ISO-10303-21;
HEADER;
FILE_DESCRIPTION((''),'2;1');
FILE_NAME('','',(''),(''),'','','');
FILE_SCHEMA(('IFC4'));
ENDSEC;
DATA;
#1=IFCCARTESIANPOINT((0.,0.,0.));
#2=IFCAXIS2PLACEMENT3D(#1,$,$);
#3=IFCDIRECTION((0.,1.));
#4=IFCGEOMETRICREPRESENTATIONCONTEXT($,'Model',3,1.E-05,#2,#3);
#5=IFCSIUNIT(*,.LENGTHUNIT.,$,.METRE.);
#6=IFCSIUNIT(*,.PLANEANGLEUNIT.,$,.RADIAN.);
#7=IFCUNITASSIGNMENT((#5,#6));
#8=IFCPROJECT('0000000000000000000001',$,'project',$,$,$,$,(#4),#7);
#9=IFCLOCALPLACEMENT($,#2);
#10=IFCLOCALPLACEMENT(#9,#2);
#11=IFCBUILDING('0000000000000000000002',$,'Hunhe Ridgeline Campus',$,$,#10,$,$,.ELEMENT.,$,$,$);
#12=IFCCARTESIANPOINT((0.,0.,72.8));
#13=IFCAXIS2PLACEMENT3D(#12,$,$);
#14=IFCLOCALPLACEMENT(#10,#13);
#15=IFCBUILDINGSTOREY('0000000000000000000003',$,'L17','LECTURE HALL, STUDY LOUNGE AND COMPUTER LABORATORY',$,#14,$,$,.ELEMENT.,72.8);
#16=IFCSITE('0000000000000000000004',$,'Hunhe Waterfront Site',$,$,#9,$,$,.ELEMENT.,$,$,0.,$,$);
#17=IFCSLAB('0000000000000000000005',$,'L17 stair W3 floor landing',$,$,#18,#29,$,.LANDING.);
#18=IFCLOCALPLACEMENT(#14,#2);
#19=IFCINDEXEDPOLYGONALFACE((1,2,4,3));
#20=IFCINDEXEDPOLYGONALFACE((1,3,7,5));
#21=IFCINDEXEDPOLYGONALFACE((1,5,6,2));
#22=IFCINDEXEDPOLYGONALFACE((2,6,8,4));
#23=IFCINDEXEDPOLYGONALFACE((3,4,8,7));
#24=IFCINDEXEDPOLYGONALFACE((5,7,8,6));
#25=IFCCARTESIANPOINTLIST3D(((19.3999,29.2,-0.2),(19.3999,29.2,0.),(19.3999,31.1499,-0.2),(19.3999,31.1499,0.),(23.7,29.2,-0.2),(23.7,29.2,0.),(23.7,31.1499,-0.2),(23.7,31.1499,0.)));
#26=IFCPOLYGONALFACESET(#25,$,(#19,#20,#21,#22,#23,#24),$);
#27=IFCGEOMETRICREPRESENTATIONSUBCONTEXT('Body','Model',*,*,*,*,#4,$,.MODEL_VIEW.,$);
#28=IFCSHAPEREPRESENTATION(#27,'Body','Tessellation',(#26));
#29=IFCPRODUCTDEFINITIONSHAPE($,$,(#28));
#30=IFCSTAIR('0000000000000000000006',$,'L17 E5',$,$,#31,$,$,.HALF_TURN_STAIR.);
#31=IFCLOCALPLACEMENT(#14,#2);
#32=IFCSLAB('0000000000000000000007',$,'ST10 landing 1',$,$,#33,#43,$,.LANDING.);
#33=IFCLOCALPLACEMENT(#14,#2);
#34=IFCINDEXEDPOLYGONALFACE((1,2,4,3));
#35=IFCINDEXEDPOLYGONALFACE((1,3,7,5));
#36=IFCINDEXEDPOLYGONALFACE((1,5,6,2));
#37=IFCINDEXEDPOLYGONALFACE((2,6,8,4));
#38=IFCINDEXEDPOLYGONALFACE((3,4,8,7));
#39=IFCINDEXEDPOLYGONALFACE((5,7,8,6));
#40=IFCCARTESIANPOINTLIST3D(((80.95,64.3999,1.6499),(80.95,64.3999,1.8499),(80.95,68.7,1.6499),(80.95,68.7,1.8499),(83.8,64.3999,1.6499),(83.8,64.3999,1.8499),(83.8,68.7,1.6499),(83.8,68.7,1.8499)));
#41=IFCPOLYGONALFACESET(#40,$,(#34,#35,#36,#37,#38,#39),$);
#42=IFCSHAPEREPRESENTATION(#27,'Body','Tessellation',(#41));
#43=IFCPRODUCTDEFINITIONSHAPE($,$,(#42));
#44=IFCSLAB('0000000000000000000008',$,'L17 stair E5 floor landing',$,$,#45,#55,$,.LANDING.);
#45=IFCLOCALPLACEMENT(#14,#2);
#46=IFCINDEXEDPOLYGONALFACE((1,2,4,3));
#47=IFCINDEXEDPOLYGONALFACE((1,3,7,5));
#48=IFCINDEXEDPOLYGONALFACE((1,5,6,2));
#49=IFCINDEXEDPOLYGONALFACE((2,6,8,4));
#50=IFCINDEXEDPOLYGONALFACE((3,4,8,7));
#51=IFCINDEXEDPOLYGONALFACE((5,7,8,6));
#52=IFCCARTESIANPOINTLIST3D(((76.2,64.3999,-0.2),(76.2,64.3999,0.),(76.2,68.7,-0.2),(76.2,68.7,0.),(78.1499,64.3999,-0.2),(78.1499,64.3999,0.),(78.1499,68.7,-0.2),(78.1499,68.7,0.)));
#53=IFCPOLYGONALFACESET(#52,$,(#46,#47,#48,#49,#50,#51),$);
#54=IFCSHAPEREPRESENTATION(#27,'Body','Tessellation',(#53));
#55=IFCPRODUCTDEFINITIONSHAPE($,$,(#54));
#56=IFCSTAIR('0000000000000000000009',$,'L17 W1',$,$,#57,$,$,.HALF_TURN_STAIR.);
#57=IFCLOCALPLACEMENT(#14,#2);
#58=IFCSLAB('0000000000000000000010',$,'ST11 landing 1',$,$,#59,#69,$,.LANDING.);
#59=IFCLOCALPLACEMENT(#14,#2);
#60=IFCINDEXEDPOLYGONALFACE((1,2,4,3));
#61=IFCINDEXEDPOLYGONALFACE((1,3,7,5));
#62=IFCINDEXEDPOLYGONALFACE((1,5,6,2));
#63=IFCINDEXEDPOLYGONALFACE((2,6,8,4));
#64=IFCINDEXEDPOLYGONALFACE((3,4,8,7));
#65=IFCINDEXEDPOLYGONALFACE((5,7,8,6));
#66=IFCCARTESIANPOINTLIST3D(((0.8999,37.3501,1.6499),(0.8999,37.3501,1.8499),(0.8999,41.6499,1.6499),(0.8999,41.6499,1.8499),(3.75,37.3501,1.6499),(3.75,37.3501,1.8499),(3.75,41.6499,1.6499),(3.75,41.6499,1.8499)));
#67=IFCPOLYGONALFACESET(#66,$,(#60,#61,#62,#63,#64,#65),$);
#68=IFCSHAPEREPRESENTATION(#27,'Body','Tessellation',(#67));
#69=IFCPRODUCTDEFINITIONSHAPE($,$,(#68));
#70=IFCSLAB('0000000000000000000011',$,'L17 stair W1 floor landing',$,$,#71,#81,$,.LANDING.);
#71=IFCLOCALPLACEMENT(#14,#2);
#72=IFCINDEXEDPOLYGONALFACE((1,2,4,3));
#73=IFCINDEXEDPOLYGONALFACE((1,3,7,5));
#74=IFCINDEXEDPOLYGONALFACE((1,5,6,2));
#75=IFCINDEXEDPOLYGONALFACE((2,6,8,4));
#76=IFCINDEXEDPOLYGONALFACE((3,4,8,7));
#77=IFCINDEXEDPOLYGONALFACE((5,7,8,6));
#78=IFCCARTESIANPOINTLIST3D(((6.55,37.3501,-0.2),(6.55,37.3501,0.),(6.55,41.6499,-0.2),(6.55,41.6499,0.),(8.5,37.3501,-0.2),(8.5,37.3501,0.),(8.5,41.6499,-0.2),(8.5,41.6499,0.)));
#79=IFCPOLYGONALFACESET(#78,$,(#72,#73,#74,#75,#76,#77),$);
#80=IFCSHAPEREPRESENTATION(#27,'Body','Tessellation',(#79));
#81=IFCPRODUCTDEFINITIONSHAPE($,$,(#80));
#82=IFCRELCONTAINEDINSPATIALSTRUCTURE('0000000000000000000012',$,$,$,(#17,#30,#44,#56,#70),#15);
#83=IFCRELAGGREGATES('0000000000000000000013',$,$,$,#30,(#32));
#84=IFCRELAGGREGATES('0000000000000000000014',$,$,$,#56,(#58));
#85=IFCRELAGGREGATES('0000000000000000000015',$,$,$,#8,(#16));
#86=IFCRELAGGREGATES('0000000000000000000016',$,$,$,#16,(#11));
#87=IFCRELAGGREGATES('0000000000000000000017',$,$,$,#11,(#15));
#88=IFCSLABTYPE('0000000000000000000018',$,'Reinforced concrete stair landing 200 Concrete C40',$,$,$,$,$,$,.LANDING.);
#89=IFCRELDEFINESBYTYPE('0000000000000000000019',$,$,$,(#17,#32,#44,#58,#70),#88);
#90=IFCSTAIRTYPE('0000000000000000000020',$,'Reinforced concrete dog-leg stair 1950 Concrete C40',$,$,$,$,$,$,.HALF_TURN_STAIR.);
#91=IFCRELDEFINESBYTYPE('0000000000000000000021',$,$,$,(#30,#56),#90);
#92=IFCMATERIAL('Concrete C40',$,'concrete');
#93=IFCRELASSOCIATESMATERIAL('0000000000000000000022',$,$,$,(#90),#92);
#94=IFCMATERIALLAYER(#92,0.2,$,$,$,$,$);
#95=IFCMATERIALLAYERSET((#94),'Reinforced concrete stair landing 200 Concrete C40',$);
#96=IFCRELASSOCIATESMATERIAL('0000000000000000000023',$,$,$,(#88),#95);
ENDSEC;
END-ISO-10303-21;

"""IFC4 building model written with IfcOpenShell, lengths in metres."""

from ifc_helpers import new_model, si_unit, direction, frame, origin, place, context, subcontext, project, spatial, polyline, outline, extrude, material, layer, layer_set, type_object, element, aggregate, save


model = new_model("IFC4")

# Units and contexts
model_context = context("Model", 3, precision=1e-05, world=origin(), true_north=direction((0.0, 1.0)))
body_context = subcontext(model_context, "Body", "Model", "MODEL_VIEW")
ifc_project = project(units=[si_unit("LENGTHUNIT", "METRE"), si_unit("PLANEANGLEUNIT", "RADIAN")], contexts=[model_context])

# Site, building, storey
site_placement = place(None, origin())
site = spatial("IfcSite", under=ifc_project, at=site_placement, Name="Hunhe Waterfront Site", CompositionType="ELEMENT", RefElevation=0.0)
building_placement = place(site_placement, origin())
building = spatial("IfcBuilding", under=site, at=building_placement, Name="Hunhe Ridgeline Campus", CompositionType="ELEMENT")
storey_placement = place(building_placement, frame((0.0, 0.0, 72.8)))
storey = spatial("IfcBuildingStorey", under=building, at=storey_placement, Name="L17", Description="LECTURE HALL, STUDY LOUNGE AND COMPUTER LABORATORY", CompositionType="ELEMENT", Elevation=72.8)

# Shared definitions
ifc_material_1 = material(Name="Concrete C40", Category="concrete")

# Shared definitions
stair_type = type_object("IfcStairType", Name="Reinforced concrete dog-leg stair 1950 Concrete C40", PredefinedType="HALF_TURN_STAIR", material=ifc_material_1)
ifc_layer_1 = layer(ifc_material_1, 0.2)
ifc_layer_set_1 = layer_set([ifc_layer_1], Name="Reinforced concrete stair landing 200 Concrete C40")
slab_type_1 = type_object("IfcSlabType", Name="Reinforced concrete stair landing 200 Concrete C40", PredefinedType="LANDING", material=ifc_layer_set_1)

# Slab
slab_1_placement = place(storey_placement, frame((0.0, 0.0, -0.2)))
element("IfcSlab", 1, at=slab_1_placement, inside=storey, type_object=slab_type_1, Name="L17 stair W3 floor landing", PredefinedType="LANDING", context=body_context, shape_type="SweptSolid", body=[
    extrude(outline(polyline([(23.7, 29.2), (23.7, 31.1499), (19.3999, 31.1499), (19.3999, 29.2), (23.7, 29.2)])), origin(), (0.0, 0.0, 1.0), 0.2),
])

# Stair, slab
stair_1_placement = place(storey_placement, origin())
stair_1 = element("IfcStair", 2, at=stair_1_placement, inside=storey, type_object=stair_type, Name="L17 E5", PredefinedType="HALF_TURN_STAIR")
slab_2_placement = place(storey_placement, frame((0.0, 0.0, 1.6499)))
slab_2 = element("IfcSlab", 3, at=slab_2_placement, type_object=slab_type_1, Name="ST10 landing 1", PredefinedType="LANDING", context=body_context, shape_type="SweptSolid", body=[
    extrude(outline(polyline([(80.95, 64.3999), (83.8, 64.3999), (83.8, 68.7), (80.95, 68.7), (80.95, 64.3999)])), origin(), (0.0, 0.0, 1.0), 0.2),
])
aggregate(stair_1, [slab_2])

# Slab
slab_3_placement = place(storey_placement, frame((0.0, 0.0, -0.2)))
element("IfcSlab", 4, at=slab_3_placement, inside=storey, type_object=slab_type_1, Name="L17 stair E5 floor landing", PredefinedType="LANDING", context=body_context, shape_type="SweptSolid", body=[
    extrude(outline(polyline([(76.2, 64.3999), (78.1499, 64.3999), (78.1499, 68.7), (76.2, 68.7), (76.2, 64.3999)])), origin(), (0.0, 0.0, 1.0), 0.2),
])

# Stair, slab
stair_2_placement = place(storey_placement, origin())
stair_2 = element("IfcStair", 5, at=stair_2_placement, inside=storey, type_object=stair_type, Name="L17 W1", PredefinedType="HALF_TURN_STAIR")
slab_4_placement = place(storey_placement, frame((0.0, 0.0, 1.6499)))
slab_4 = element("IfcSlab", 6, at=slab_4_placement, type_object=slab_type_1, Name="ST11 landing 1", PredefinedType="LANDING", context=body_context, shape_type="SweptSolid", body=[
    extrude(outline(polyline([(3.75, 41.6499), (0.8999, 41.6499), (0.8999, 37.3501), (3.75, 37.3501), (3.75, 41.6499)])), origin(), (0.0, 0.0, 1.0), 0.2),
])
aggregate(stair_2, [slab_4])

# Slab
slab_5_placement = place(storey_placement, frame((0.0, 0.0, -0.2)))
element("IfcSlab", 7, at=slab_5_placement, inside=storey, type_object=slab_type_1, Name="L17 stair W1 floor landing", PredefinedType="LANDING", context=body_context, shape_type="SweptSolid", body=[
    extrude(outline(polyline([(8.5, 41.6499), (6.55, 41.6499), (6.55, 37.3501), (8.5, 37.3501), (8.5, 41.6499)])), origin(), (0.0, 0.0, 1.0), 0.2),
])

save(model, "model.ifc")
